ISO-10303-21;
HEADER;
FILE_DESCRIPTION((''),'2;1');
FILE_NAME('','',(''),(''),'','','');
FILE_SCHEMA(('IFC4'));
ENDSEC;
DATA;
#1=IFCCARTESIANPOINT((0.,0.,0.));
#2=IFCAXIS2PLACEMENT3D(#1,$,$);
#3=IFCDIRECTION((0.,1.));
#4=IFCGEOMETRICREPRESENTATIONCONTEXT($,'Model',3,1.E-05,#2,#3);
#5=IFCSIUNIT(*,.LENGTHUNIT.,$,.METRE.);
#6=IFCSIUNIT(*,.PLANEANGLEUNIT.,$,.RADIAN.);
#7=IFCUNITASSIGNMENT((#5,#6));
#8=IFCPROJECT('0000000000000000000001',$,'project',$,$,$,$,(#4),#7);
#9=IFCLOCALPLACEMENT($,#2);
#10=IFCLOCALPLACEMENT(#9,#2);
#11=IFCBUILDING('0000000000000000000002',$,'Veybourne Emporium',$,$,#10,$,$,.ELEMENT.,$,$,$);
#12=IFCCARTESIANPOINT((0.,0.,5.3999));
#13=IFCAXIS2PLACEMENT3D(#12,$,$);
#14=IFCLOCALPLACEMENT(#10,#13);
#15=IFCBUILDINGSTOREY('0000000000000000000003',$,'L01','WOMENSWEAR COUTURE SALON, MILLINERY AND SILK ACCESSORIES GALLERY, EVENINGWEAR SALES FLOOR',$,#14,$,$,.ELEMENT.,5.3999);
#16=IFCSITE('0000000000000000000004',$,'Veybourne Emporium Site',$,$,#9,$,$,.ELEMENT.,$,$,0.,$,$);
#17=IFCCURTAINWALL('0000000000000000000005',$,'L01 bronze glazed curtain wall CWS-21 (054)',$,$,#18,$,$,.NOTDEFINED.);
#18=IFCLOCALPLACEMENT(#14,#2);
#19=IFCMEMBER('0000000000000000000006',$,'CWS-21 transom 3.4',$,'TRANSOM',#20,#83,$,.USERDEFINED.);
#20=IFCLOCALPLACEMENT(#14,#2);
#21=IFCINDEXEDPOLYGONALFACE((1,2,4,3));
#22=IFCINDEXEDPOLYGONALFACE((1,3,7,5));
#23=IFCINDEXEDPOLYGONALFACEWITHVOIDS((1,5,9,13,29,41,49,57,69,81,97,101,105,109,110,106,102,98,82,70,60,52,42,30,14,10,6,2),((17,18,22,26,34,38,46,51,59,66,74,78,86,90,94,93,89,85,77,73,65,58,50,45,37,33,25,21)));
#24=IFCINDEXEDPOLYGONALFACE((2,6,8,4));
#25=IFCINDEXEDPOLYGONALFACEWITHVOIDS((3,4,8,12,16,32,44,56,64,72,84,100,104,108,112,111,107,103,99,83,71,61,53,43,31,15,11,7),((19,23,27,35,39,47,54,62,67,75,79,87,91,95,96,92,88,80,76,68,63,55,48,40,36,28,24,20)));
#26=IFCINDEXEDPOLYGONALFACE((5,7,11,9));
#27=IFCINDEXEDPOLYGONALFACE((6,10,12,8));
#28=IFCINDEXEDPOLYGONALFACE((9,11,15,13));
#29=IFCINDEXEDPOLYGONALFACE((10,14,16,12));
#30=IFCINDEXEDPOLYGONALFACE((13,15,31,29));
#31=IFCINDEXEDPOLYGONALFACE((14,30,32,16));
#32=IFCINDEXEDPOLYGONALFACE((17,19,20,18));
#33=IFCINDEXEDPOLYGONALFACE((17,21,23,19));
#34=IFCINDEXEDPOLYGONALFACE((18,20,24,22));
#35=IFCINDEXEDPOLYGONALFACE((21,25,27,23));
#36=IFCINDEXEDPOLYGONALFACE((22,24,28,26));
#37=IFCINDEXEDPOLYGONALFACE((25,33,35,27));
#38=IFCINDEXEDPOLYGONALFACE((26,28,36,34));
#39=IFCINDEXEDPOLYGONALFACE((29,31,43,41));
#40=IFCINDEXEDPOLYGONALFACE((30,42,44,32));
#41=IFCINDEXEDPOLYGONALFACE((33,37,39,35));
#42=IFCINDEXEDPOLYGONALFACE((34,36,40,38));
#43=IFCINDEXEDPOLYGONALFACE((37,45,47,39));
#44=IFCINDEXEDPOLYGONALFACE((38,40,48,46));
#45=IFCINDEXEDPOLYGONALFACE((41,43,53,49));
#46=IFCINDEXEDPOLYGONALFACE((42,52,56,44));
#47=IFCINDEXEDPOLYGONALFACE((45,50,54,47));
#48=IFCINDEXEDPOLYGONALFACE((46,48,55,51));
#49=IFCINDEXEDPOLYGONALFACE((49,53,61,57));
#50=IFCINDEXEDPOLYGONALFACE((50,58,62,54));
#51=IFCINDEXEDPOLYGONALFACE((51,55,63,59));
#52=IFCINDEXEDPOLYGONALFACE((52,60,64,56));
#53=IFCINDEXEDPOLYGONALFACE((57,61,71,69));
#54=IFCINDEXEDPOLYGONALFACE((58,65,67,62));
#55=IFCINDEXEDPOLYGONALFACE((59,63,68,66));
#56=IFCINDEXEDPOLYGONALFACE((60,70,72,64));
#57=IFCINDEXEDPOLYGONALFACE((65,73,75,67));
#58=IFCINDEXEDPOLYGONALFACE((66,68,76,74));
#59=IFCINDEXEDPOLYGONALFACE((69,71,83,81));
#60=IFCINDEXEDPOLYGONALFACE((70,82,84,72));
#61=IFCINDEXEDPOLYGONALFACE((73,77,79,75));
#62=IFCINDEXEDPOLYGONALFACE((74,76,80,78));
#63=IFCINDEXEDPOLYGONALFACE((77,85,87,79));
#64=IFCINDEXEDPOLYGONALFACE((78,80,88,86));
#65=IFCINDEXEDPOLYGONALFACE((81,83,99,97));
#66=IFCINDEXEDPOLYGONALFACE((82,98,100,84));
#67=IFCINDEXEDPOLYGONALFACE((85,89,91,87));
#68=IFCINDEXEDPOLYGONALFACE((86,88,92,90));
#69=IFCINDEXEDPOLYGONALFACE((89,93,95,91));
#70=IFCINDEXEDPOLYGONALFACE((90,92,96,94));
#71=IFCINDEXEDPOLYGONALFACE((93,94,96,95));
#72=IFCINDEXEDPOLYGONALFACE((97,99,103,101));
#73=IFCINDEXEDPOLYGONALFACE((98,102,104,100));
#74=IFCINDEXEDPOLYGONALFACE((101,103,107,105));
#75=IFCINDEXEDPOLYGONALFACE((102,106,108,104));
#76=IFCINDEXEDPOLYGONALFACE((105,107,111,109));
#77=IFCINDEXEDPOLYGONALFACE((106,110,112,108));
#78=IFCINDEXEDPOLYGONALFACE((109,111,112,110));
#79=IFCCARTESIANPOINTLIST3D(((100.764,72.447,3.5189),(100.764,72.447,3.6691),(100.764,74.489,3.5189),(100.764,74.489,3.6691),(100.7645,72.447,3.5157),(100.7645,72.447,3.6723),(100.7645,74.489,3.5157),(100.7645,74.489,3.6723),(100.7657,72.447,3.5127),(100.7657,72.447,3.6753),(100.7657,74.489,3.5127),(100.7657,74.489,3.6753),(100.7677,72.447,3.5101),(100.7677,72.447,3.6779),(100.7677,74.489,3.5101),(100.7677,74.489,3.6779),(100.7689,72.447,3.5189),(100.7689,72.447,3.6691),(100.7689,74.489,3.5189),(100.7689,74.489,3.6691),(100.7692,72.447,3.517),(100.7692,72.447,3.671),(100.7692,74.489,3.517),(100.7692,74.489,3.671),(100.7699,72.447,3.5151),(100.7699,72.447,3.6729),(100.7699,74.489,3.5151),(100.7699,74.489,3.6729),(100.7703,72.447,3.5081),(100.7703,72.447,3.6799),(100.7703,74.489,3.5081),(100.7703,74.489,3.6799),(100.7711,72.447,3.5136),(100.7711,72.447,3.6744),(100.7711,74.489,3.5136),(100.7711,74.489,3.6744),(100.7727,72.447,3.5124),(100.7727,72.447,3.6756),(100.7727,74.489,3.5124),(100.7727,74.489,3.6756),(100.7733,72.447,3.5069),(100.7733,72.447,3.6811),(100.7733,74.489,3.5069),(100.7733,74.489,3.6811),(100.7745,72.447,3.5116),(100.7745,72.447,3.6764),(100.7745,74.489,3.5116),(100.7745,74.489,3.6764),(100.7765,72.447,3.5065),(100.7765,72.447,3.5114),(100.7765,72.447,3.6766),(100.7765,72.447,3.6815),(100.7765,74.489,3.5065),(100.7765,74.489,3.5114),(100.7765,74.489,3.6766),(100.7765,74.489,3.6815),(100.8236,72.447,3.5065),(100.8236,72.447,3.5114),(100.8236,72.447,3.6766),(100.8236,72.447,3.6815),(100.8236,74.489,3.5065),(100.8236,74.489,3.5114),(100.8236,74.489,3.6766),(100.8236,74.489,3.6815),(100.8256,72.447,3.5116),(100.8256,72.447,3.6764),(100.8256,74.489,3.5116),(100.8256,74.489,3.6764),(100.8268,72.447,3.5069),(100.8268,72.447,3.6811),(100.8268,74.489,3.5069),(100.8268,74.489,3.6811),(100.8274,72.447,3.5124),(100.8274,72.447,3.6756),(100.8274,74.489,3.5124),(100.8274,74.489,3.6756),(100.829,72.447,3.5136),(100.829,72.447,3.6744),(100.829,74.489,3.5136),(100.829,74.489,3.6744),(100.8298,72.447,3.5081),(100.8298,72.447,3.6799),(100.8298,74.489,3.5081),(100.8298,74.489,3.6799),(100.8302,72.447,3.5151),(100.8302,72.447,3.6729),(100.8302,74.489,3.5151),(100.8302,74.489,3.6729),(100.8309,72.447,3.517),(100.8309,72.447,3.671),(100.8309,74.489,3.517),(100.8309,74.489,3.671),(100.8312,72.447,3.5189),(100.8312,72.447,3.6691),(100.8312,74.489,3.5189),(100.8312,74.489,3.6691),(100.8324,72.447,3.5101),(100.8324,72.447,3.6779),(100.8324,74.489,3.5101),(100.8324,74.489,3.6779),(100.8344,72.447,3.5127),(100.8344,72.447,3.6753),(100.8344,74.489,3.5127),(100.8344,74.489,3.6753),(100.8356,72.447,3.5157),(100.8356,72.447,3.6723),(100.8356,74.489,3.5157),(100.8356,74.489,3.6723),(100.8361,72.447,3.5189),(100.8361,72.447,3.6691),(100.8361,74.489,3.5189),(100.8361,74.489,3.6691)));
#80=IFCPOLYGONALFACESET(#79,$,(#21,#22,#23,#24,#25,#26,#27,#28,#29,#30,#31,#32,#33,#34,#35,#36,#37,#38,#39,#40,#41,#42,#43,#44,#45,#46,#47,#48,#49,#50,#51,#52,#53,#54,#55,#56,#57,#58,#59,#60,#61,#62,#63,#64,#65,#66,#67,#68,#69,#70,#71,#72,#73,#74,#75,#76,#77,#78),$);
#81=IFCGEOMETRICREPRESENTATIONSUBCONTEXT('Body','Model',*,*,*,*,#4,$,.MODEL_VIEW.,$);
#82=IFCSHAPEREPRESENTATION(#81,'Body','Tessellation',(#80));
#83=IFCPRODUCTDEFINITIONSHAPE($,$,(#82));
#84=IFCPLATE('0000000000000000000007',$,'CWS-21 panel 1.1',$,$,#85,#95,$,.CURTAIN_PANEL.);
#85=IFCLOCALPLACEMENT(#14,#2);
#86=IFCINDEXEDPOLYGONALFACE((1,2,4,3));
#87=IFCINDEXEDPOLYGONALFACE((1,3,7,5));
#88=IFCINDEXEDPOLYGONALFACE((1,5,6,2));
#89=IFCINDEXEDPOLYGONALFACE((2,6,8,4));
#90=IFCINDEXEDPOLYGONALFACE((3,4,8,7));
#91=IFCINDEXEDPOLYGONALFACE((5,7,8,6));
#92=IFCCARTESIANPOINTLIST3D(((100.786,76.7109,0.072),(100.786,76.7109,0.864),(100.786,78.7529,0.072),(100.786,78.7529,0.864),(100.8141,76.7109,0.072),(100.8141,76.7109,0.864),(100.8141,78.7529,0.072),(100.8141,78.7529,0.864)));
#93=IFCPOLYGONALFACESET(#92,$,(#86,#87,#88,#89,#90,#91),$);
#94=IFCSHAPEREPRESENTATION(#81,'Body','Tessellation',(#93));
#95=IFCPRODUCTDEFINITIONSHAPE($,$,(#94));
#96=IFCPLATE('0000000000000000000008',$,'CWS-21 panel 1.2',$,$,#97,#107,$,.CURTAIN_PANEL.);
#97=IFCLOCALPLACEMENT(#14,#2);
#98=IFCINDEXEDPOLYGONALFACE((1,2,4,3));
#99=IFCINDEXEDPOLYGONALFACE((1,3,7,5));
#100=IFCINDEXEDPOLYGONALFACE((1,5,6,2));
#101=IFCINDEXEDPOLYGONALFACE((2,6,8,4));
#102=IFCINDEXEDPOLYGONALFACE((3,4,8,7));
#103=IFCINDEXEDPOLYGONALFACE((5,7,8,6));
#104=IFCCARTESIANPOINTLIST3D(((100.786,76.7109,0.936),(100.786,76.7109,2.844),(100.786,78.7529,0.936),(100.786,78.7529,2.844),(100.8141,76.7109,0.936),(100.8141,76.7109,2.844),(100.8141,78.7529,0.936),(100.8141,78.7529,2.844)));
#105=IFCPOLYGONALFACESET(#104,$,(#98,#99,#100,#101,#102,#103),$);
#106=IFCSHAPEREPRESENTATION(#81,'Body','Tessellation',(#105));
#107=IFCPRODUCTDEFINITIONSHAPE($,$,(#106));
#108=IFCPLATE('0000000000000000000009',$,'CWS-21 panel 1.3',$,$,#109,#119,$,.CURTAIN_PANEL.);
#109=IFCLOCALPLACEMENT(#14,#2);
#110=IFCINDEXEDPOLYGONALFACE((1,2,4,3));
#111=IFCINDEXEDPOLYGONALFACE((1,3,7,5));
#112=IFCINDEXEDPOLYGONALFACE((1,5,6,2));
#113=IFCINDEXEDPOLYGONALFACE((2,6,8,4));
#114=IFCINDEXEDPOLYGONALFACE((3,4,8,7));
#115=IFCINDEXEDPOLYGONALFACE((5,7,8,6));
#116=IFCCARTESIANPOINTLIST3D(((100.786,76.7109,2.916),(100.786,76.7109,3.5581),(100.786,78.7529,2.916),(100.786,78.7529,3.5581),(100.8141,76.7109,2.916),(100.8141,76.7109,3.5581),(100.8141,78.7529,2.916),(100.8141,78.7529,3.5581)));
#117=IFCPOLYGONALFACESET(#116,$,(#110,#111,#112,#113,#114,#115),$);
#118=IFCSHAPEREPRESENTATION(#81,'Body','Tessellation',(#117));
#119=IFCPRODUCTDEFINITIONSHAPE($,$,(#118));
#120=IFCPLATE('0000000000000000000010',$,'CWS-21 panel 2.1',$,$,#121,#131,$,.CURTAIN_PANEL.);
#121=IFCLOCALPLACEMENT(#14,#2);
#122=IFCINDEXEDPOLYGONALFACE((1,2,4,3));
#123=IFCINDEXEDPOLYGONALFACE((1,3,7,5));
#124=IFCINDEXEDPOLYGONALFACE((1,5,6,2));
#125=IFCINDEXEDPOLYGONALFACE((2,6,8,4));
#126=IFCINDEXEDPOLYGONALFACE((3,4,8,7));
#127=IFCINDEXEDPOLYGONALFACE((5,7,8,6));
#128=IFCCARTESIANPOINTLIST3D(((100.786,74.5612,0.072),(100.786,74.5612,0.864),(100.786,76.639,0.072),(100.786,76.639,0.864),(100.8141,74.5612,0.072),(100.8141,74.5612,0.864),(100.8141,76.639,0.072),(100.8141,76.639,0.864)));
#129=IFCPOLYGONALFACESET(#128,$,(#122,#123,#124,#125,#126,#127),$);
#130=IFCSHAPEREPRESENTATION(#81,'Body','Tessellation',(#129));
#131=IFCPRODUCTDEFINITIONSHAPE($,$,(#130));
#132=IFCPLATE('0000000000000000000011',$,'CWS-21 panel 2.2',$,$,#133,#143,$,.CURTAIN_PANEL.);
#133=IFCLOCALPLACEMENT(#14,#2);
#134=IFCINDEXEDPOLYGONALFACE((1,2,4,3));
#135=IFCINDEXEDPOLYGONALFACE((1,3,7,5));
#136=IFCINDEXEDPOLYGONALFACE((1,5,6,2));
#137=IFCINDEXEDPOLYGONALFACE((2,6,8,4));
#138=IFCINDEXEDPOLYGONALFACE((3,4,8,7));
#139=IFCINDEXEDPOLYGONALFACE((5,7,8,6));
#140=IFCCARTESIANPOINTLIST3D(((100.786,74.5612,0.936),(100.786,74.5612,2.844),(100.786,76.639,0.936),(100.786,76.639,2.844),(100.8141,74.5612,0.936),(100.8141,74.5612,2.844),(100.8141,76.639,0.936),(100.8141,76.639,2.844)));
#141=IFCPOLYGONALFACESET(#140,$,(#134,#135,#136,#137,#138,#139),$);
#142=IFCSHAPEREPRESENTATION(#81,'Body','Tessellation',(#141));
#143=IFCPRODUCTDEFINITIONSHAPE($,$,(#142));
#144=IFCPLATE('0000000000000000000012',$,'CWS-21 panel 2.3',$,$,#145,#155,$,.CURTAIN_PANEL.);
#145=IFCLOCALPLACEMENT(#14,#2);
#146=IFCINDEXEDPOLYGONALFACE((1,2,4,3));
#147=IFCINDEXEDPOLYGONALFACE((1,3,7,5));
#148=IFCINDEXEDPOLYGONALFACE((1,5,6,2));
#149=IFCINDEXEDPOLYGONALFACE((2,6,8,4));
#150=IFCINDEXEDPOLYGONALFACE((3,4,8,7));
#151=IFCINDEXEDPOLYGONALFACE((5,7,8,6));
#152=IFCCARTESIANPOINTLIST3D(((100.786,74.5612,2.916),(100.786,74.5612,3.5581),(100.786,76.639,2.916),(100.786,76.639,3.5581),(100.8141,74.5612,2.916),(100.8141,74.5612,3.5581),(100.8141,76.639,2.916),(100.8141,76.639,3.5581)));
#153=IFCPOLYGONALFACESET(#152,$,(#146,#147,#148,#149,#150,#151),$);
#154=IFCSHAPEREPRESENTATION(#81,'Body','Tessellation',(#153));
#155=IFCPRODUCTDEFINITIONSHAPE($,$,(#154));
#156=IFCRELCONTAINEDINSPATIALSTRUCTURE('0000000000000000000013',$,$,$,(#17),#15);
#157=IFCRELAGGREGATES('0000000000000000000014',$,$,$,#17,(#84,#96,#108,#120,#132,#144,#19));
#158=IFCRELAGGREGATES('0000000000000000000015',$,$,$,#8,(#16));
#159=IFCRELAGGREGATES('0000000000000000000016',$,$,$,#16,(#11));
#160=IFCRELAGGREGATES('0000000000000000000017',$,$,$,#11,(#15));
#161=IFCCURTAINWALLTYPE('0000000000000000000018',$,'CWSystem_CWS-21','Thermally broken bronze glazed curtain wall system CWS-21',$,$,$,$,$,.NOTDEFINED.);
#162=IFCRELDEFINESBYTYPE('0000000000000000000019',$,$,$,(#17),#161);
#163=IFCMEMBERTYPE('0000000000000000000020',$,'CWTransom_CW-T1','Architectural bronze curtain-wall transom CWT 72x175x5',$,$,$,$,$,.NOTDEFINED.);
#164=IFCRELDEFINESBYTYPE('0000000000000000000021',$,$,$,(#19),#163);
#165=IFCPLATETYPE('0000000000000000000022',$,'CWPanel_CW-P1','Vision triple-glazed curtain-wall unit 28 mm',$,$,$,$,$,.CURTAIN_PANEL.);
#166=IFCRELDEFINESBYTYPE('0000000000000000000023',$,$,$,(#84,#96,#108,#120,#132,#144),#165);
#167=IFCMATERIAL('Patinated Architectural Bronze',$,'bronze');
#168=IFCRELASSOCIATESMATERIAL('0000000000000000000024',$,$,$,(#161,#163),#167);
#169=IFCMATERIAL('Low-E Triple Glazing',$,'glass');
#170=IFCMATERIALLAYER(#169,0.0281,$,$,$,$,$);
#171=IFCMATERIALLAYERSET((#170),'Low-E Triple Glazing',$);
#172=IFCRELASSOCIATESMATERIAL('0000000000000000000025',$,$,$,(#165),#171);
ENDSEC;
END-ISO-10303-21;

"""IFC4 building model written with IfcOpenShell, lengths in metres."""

from ifc_helpers import new_model, si_unit, direction, frame, origin, origin_2d, place, context, subcontext, project, spatial, rectangle, hollow_rectangle, extrude, material, layer, layer_set, material_profile, profile_set, type_object, element, aggregate, save


model = new_model("IFC4")

# Units and contexts
model_context = context("Model", 3, precision=1e-05, world=origin(), true_north=direction((0.0, 1.0)))
body_context = subcontext(model_context, "Body", "Model", "MODEL_VIEW")
ifc_project = project(units=[si_unit("LENGTHUNIT", "METRE"), si_unit("PLANEANGLEUNIT", "RADIAN")], contexts=[model_context])

# Site, building, storey
site_placement = place(None, origin())
site = spatial("IfcSite", under=ifc_project, at=site_placement, Name="Veybourne Emporium Site", CompositionType="ELEMENT", RefElevation=0.0)
building_placement = place(site_placement, origin())
building = spatial("IfcBuilding", under=site, at=building_placement, Name="Veybourne Emporium", CompositionType="ELEMENT")
storey_placement = place(building_placement, frame((0.0, 0.0, 5.3999)))
storey = spatial("IfcBuildingStorey", under=building, at=storey_placement, Name="L01", Description="WOMENSWEAR COUTURE SALON, MILLINERY AND SILK ACCESSORIES GALLERY, EVENINGWEAR SALES FLOOR", CompositionType="ELEMENT", Elevation=5.3999)

# Curtain wall, member, plates
ifc_material_1 = material(Name="Patinated Architectural Bronze", Category="bronze")
curtain_wall_type = type_object("IfcCurtainWallType", Name="CWSystem_CWS-21", Description="Thermally broken bronze glazed curtain wall system CWS-21", PredefinedType="NOTDEFINED", material=ifc_material_1)
curtain_wall_placement = place(storey_placement, origin())
curtain_wall = element("IfcCurtainWall", 1, at=curtain_wall_placement, inside=storey, type_object=curtain_wall_type, Name="L01 bronze glazed curtain wall CWS-21 (054)", PredefinedType="NOTDEFINED")
ifc_material_profile_1 = material_profile(ifc_material_1, hollow_rectangle(XDim=0.072, YDim=0.175, WallThickness=0.0049, InnerFilletRadius=0.0076, OuterFilletRadius=0.0125, at=origin_2d()), Name="CWT 72x175x5")
ifc_profile_set_1 = profile_set([ifc_material_profile_1], Name="Patinated Architectural Bronze")
member_type_1 = type_object("IfcMemberType", Name="CWTransom_CW-T1", Description="Architectural bronze curtain-wall transom CWT 72x175x5", PredefinedType="NOTDEFINED", material=ifc_profile_set_1)
member_1_placement = place(storey_placement, frame((100.8, 74.489, 3.594), z_axis=(0.0, -1.0, 0.0), x_axis=(1.0, 0.0, 0.0)))
member_1 = element("IfcMember", 2, at=member_1_placement, type_object=member_type_1, Name="CWS-21 transom 3.4", ObjectType="TRANSOM", PredefinedType="USERDEFINED", context=body_context, shape_type="SweptSolid", body=[
    extrude(hollow_rectangle(XDim=0.072, YDim=0.175, WallThickness=0.0049, InnerFilletRadius=0.0076, OuterFilletRadius=0.0125, at=origin_2d()), origin(), (0.0, 0.0, 1.0), 2.042),
])
ifc_material_2 = material(Name="Low-E Triple Glazing", Category="glass")
ifc_layer_1 = layer(ifc_material_2, 0.0281)
ifc_layer_set_1 = layer_set([ifc_layer_1], Name="Low-E Triple Glazing")
plate_type = type_object("IfcPlateType", Name="CWPanel_CW-P1", Description="Vision triple-glazed curtain-wall unit 28 mm", PredefinedType="CURTAIN_PANEL", material=ifc_layer_set_1)
plate_1_placement = place(storey_placement, frame((100.8, 77.7319, 0.072), z_axis=(0.0, 0.0, 1.0), x_axis=(0.0, -1.0, 0.0)))
plate_1 = element("IfcPlate", 3, at=plate_1_placement, type_object=plate_type, Name="CWS-21 panel 1.1", PredefinedType="CURTAIN_PANEL", context=body_context, shape_type="SweptSolid", body=[
    extrude(rectangle(XDim=2.042, YDim=0.0281, at=origin_2d()), origin(), (0.0, 0.0, 1.0), 0.792),
])
plate_2_placement = place(storey_placement, frame((100.8, 77.7319, 0.936), z_axis=(0.0, 0.0, 1.0), x_axis=(0.0, -1.0, 0.0)))
plate_2 = element("IfcPlate", 4, at=plate_2_placement, type_object=plate_type, Name="CWS-21 panel 1.2", PredefinedType="CURTAIN_PANEL", context=body_context, shape_type="SweptSolid", body=[
    extrude(rectangle(XDim=2.042, YDim=0.0281, at=origin_2d()), origin(), (0.0, 0.0, 1.0), 1.908),
])
plate_3_placement = place(storey_placement, frame((100.8, 77.7319, 2.916), z_axis=(0.0, 0.0, 1.0), x_axis=(0.0, -1.0, 0.0)))
plate_3 = element("IfcPlate", 5, at=plate_3_placement, type_object=plate_type, Name="CWS-21 panel 1.3", PredefinedType="CURTAIN_PANEL", context=body_context, shape_type="SweptSolid", body=[
    extrude(rectangle(XDim=2.042, YDim=0.0281, at=origin_2d()), origin(), (0.0, 0.0, 1.0), 0.6421),
])
plate_4_placement = place(storey_placement, frame((100.8, 75.6001, 0.072), z_axis=(0.0, 0.0, 1.0), x_axis=(0.0, -1.0, 0.0)))
plate_4 = element("IfcPlate", 6, at=plate_4_placement, type_object=plate_type, Name="CWS-21 panel 2.1", PredefinedType="CURTAIN_PANEL", context=body_context, shape_type="SweptSolid", body=[
    extrude(rectangle(XDim=2.0779, YDim=0.0281, at=origin_2d()), origin(), (0.0, 0.0, 1.0), 0.792),
])
plate_5_placement = place(storey_placement, frame((100.8, 75.6001, 0.936), z_axis=(0.0, 0.0, 1.0), x_axis=(0.0, -1.0, 0.0)))
plate_5 = element("IfcPlate", 7, at=plate_5_placement, type_object=plate_type, Name="CWS-21 panel 2.2", PredefinedType="CURTAIN_PANEL", context=body_context, shape_type="SweptSolid", body=[
    extrude(rectangle(XDim=2.0779, YDim=0.0281, at=origin_2d()), origin(), (0.0, 0.0, 1.0), 1.908),
])
plate_6_placement = place(storey_placement, frame((100.8, 75.6001, 2.916), z_axis=(0.0, 0.0, 1.0), x_axis=(0.0, -1.0, 0.0)))
plate_6 = element("IfcPlate", 8, at=plate_6_placement, type_object=plate_type, Name="CWS-21 panel 2.3", PredefinedType="CURTAIN_PANEL", context=body_context, shape_type="SweptSolid", body=[
    extrude(rectangle(XDim=2.0779, YDim=0.0281, at=origin_2d()), origin(), (0.0, 0.0, 1.0), 0.6421),
])
aggregate(curtain_wall, [plate_1, plate_2, plate_3, plate_4, plate_5, plate_6, member_1])

save(model, "model.ifc")
